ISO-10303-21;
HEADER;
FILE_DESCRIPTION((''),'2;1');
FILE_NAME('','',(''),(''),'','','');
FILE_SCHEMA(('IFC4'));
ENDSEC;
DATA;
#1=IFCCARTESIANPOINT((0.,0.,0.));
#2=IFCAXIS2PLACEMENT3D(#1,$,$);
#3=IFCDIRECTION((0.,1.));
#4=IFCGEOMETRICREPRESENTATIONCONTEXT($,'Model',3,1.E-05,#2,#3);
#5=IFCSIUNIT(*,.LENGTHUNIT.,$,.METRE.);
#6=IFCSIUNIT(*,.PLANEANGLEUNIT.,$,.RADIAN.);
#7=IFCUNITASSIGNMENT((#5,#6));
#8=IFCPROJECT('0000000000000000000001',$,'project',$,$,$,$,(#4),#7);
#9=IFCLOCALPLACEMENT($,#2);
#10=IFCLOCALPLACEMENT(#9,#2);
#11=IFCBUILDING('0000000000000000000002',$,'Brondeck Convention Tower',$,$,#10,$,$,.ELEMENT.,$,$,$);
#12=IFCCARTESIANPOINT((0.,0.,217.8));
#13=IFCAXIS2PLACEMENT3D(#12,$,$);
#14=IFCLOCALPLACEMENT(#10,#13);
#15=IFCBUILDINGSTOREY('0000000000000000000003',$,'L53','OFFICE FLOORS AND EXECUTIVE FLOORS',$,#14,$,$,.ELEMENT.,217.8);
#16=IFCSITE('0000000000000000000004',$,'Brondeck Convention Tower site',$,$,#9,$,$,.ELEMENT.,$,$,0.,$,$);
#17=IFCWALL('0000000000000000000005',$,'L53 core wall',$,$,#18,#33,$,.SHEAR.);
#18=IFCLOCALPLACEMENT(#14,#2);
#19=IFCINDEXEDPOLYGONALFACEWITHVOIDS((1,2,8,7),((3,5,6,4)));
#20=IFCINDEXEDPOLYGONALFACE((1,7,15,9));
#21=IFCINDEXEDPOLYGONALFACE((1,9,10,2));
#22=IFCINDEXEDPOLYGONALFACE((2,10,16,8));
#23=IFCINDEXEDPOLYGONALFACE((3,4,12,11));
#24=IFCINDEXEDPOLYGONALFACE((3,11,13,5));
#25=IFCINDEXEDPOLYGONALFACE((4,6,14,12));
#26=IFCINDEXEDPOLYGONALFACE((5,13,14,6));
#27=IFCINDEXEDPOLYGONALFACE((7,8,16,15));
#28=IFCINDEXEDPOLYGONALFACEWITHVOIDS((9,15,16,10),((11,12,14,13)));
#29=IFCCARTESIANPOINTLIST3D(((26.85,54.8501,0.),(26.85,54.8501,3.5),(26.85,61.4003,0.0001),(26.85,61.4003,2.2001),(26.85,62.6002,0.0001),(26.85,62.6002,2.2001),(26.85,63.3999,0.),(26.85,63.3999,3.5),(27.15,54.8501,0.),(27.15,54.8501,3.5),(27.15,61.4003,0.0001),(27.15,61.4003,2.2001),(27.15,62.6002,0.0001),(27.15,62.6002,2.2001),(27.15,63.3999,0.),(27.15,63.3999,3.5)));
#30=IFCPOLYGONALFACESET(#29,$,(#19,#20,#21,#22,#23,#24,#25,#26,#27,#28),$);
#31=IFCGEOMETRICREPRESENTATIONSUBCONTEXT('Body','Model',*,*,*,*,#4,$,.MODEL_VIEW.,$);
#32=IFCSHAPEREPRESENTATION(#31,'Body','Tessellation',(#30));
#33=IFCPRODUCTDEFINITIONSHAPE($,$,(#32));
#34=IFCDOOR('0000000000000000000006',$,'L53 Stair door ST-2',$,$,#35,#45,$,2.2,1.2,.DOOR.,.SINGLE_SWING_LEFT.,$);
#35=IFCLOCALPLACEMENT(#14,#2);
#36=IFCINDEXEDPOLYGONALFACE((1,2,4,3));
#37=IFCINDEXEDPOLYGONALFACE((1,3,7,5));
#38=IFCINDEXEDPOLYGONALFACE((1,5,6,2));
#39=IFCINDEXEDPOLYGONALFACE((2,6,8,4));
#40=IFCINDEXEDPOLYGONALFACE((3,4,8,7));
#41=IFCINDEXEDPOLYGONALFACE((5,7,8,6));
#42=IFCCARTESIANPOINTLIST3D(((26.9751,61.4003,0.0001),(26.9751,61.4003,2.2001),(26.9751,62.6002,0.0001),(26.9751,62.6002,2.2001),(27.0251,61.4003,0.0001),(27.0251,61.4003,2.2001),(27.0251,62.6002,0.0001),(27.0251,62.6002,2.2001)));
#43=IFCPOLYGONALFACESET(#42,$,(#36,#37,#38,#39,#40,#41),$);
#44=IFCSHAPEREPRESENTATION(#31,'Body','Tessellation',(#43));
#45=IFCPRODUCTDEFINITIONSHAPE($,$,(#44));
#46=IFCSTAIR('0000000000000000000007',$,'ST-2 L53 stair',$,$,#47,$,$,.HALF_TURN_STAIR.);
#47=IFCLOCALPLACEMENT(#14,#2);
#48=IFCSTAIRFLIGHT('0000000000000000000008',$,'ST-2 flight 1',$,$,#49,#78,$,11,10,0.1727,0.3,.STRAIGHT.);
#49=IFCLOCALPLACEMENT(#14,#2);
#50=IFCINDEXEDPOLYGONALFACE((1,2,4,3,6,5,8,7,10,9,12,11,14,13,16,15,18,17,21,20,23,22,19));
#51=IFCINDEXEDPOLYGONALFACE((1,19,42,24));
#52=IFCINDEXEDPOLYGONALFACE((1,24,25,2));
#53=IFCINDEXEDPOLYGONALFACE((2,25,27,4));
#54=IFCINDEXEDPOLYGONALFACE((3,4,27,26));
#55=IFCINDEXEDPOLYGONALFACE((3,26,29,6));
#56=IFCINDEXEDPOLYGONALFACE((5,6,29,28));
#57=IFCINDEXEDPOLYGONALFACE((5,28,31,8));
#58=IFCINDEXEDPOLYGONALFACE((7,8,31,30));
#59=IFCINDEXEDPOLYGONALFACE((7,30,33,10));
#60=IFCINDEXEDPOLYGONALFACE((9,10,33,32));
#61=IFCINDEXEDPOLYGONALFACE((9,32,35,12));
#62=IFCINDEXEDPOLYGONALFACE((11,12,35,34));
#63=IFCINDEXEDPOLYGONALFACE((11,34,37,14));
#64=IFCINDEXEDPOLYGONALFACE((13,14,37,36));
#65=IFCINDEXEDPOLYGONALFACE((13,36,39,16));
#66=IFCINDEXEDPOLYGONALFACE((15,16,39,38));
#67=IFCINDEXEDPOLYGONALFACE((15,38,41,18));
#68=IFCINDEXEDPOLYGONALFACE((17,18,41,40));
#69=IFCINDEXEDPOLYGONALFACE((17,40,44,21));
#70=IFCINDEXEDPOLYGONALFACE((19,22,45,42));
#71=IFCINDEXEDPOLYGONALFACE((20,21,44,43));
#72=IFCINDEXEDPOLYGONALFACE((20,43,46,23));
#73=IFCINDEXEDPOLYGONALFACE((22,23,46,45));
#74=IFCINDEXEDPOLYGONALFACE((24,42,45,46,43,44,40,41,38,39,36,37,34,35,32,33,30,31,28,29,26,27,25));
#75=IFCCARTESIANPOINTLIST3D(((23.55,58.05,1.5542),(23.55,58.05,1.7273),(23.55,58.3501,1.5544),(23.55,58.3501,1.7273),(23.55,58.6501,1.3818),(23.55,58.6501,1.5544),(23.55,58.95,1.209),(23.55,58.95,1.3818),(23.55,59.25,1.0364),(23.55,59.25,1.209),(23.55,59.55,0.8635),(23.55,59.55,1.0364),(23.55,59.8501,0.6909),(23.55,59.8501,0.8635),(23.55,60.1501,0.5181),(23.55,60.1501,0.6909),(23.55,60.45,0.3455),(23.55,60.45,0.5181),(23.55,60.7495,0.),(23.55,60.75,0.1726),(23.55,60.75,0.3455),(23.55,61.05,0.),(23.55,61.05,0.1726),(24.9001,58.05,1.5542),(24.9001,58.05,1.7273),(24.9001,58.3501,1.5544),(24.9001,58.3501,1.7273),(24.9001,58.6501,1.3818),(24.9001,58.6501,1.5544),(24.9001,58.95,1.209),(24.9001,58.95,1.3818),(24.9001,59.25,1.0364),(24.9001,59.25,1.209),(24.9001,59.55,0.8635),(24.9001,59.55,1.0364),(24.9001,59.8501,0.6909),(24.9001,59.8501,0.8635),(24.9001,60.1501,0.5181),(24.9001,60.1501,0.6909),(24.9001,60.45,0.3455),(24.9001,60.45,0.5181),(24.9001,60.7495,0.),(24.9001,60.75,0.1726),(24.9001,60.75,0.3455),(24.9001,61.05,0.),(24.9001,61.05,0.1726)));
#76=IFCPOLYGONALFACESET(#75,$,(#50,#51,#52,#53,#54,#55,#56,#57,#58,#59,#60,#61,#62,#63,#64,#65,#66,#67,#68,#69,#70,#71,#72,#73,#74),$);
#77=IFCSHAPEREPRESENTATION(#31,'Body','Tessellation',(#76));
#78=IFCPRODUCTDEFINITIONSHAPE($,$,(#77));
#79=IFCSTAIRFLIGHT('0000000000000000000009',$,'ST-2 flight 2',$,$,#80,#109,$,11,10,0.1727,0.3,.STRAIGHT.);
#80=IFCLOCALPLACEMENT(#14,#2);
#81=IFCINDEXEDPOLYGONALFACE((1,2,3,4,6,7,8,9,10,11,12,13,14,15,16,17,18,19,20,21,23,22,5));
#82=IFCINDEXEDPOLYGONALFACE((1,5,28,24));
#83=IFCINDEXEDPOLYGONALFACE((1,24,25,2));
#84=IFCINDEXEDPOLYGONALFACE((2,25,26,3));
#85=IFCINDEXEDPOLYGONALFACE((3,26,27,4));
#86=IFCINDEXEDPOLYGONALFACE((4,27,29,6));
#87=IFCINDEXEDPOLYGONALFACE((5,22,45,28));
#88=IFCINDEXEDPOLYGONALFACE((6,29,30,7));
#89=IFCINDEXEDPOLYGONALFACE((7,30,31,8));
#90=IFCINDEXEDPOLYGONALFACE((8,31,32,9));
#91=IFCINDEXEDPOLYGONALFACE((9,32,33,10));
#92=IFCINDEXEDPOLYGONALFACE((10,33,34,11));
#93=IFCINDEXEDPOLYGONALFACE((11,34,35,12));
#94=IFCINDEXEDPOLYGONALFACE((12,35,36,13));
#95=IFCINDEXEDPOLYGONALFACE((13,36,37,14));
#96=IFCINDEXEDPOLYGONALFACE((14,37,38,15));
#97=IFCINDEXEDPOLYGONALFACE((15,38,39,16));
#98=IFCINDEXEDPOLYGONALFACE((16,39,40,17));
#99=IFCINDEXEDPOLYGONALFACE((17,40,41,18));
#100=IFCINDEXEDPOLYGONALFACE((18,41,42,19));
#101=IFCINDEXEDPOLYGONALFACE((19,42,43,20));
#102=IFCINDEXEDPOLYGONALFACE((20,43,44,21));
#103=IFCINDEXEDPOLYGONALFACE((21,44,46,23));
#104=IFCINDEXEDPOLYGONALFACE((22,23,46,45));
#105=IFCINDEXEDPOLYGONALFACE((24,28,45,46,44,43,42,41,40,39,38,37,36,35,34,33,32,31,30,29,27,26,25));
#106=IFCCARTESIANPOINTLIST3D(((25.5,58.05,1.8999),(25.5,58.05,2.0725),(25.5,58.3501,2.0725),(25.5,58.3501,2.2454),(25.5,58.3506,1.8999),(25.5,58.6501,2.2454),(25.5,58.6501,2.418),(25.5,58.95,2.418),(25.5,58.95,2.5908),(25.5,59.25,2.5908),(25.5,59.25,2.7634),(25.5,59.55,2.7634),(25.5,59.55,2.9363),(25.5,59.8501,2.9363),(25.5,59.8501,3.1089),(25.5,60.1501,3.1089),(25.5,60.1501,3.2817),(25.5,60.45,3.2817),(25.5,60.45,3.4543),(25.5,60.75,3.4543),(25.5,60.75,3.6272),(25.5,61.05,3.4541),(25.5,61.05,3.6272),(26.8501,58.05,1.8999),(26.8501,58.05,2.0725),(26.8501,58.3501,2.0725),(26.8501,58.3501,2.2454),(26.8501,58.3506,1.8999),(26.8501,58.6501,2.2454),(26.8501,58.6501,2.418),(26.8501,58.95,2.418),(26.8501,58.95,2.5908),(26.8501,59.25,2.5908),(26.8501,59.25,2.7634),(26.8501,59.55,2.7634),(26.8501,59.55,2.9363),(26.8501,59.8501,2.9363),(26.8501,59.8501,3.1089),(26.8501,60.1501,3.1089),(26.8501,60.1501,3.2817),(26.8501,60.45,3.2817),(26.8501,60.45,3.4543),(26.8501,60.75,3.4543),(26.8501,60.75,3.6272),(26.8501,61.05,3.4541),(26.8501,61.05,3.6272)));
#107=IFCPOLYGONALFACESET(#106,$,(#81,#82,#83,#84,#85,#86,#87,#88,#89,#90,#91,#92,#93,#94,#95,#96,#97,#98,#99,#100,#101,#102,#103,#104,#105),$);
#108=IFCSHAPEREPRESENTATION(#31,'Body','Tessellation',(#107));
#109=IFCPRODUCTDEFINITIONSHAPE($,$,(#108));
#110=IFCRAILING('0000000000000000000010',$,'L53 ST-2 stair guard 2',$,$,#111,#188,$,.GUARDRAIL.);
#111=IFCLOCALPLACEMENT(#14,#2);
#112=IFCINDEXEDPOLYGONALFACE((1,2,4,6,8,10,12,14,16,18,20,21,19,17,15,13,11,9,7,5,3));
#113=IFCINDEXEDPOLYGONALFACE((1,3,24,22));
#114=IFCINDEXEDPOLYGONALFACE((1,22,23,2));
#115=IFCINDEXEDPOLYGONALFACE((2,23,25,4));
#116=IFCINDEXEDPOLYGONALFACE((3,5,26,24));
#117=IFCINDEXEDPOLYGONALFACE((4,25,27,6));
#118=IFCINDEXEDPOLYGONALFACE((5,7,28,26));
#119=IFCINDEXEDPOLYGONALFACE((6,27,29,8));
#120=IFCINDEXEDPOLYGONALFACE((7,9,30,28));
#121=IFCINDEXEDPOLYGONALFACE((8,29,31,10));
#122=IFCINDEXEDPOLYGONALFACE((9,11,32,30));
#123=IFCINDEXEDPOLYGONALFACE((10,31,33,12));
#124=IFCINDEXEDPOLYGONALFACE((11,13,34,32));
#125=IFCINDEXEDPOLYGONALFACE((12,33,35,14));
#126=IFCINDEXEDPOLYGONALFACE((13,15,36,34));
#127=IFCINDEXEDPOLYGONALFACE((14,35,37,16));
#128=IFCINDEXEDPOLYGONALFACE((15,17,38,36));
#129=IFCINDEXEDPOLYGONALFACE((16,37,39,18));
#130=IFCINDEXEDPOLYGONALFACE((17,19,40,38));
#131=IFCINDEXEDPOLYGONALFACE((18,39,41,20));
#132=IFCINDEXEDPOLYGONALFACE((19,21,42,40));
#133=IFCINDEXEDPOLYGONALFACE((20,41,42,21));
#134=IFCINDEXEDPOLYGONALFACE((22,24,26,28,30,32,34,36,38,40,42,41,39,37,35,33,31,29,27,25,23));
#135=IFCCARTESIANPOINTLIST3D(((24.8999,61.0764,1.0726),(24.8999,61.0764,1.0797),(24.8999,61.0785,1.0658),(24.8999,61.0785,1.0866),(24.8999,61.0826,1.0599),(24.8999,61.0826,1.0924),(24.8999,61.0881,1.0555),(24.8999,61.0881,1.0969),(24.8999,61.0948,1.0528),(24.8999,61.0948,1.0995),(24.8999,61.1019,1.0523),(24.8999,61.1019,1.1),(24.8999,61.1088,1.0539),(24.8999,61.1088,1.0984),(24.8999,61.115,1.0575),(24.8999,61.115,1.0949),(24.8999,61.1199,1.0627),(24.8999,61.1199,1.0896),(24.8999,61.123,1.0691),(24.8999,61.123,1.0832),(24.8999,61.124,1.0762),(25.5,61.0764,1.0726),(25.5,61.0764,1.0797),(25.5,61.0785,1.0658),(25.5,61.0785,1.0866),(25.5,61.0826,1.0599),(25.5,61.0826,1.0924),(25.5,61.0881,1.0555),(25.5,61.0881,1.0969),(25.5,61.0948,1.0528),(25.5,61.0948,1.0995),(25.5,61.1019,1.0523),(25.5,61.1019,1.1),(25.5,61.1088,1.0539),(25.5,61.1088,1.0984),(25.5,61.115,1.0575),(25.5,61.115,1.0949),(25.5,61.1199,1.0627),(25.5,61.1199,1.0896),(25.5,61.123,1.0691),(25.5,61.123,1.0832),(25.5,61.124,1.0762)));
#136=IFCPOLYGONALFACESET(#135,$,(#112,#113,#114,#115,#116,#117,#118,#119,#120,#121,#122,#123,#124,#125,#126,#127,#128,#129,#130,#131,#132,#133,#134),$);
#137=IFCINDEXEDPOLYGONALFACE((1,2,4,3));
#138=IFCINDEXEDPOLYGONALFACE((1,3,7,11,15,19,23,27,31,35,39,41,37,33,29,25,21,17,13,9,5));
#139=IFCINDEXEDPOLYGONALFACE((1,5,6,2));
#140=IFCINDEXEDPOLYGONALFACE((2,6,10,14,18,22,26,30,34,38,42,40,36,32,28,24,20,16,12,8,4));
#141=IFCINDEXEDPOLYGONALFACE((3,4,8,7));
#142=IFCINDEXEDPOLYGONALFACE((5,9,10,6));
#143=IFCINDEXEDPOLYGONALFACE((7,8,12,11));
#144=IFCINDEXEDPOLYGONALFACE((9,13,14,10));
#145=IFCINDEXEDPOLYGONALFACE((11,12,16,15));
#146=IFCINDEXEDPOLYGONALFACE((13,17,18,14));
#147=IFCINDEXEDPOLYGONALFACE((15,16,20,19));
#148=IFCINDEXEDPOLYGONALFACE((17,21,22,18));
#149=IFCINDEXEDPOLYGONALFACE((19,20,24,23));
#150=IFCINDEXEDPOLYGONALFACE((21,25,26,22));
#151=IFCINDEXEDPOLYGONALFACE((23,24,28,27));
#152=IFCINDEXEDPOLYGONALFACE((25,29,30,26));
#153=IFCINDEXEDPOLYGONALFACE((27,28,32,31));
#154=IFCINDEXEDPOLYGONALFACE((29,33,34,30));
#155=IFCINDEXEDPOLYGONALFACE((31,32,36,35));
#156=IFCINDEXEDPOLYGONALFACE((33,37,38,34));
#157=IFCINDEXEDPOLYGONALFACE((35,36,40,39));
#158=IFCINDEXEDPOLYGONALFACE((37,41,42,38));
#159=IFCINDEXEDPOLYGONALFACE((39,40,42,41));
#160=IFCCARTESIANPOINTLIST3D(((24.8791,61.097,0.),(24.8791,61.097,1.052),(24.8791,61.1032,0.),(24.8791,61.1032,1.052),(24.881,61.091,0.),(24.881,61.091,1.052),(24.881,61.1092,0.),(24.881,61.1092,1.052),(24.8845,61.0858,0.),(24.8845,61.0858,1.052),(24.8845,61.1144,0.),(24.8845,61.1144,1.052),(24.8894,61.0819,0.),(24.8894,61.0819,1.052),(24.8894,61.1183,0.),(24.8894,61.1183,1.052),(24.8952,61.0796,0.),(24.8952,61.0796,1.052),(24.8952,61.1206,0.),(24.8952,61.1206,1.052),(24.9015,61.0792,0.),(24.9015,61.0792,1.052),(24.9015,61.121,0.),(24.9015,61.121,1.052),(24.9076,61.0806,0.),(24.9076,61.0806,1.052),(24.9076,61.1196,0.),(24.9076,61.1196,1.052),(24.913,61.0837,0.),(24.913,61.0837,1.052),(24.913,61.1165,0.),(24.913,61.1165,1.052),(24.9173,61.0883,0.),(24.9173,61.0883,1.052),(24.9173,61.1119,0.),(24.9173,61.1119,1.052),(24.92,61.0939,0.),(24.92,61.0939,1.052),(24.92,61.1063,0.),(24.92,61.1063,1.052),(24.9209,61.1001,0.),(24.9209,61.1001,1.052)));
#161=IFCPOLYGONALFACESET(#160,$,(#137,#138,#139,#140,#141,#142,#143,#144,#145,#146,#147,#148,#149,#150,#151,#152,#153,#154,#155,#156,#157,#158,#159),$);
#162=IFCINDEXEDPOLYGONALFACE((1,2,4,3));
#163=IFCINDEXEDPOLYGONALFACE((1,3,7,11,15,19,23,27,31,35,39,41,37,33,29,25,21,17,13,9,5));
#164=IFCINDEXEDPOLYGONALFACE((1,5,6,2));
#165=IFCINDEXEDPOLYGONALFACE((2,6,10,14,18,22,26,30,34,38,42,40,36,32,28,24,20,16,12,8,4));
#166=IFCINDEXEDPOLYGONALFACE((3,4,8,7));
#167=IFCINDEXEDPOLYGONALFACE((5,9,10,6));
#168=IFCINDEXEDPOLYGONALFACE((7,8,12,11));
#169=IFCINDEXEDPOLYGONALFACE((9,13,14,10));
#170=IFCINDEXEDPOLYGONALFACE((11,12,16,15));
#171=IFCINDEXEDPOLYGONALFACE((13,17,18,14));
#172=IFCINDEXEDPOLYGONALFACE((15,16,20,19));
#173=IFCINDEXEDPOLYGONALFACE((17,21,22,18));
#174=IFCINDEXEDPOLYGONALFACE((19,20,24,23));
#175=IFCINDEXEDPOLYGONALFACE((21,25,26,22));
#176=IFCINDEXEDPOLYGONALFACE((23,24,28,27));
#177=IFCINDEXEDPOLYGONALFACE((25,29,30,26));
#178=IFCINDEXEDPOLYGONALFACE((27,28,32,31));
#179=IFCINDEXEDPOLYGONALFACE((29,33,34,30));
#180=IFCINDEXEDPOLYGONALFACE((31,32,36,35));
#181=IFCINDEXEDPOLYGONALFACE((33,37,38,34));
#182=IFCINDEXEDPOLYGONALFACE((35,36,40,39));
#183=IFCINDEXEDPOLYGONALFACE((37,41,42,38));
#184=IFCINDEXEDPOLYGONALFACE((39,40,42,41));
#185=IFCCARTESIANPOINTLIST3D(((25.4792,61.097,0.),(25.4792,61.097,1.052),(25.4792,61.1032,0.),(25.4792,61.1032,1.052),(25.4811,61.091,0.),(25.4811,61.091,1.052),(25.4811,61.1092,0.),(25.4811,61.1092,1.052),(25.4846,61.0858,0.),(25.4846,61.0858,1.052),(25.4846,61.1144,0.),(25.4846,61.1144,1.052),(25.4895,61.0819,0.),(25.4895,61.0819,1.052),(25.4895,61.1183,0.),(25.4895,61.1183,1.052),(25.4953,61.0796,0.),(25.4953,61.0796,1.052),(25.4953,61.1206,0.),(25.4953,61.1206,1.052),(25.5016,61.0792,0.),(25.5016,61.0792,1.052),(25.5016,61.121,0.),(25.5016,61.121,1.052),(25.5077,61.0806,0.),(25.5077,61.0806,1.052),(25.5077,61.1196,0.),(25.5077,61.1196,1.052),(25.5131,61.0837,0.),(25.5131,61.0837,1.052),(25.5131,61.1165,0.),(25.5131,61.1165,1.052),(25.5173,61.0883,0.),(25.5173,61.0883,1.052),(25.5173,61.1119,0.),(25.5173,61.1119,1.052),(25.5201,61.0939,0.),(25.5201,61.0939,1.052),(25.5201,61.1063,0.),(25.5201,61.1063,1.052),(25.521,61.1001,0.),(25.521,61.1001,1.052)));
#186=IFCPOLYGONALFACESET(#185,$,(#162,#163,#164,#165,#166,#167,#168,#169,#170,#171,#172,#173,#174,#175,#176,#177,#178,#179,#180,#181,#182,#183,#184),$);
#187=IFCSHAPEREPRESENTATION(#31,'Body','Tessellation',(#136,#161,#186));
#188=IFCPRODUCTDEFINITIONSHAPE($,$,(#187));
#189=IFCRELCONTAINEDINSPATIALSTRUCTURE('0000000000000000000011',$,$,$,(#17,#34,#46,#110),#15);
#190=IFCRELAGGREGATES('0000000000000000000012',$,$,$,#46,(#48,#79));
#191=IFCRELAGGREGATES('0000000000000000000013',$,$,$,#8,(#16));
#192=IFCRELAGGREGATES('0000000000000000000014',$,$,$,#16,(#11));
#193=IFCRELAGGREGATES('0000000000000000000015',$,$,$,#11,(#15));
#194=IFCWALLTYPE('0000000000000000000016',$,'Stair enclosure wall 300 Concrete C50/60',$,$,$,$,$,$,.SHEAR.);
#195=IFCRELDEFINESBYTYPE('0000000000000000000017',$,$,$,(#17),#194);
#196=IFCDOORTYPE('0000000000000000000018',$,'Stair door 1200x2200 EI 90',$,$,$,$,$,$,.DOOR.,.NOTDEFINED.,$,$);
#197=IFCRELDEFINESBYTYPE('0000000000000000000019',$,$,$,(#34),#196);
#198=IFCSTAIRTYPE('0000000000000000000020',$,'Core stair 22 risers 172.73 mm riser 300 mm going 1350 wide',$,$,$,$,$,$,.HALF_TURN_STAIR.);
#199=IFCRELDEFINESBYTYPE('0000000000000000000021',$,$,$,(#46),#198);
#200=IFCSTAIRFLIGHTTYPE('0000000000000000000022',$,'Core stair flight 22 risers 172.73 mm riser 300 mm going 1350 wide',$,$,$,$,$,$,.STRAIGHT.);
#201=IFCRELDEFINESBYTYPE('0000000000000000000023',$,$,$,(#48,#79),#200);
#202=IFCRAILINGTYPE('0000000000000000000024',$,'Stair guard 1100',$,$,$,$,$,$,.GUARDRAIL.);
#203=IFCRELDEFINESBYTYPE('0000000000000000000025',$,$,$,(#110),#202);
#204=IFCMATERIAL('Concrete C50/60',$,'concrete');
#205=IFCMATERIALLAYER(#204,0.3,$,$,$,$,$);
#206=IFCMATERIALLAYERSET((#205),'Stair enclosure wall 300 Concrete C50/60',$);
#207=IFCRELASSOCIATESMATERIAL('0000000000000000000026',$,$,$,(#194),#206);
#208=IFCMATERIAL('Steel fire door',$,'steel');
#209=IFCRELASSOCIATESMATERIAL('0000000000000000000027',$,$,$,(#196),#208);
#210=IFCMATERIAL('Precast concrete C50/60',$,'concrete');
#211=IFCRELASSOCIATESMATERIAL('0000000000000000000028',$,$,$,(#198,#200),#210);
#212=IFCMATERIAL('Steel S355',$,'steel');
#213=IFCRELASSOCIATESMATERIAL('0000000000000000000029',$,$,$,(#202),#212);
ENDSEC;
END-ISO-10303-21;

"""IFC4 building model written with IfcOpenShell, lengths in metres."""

from ifc_helpers import new_model, si_unit, direction, frame, frame_2d, origin, origin_2d, place, context, subcontext, project, spatial, polyline, rectangle, circle, outline, extrude, material, layer, layer_set, type_object, element, fill, aggregate, save


model = new_model("IFC4")

# Units and contexts
model_context = context("Model", 3, precision=1e-05, world=origin(), true_north=direction((0.0, 1.0)))
body_context = subcontext(model_context, "Body", "Model", "MODEL_VIEW")
ifc_project = project(units=[si_unit("LENGTHUNIT", "METRE"), si_unit("PLANEANGLEUNIT", "RADIAN")], contexts=[model_context])

# Site, building, storey
site_placement = place(None, origin())
site = spatial("IfcSite", under=ifc_project, at=site_placement, Name="Brondeck Convention Tower site", CompositionType="ELEMENT", RefElevation=0.0)
building_placement = place(site_placement, origin())
building = spatial("IfcBuilding", under=site, at=building_placement, Name="Brondeck Convention Tower", CompositionType="ELEMENT")
storey_placement = place(building_placement, frame((0.0, 0.0, 217.8)))
storey = spatial("IfcBuildingStorey", under=building, at=storey_placement, Name="L53", Description="OFFICE FLOORS AND EXECUTIVE FLOORS", CompositionType="ELEMENT", Elevation=217.8)

# Shared definitions
ifc_material_1 = material(Name="Concrete C50/60", Category="concrete")

# Shared definitions
ifc_material_2 = material(Name="Steel fire door", Category="steel")

# Shared definitions
ifc_layer_1 = layer(ifc_material_1, 0.3)
ifc_layer_set_1 = layer_set([ifc_layer_1], Name="Stair enclosure wall 300 Concrete C50/60")
wall_type_1 = type_object("IfcWallType", Name="Stair enclosure wall 300 Concrete C50/60", PredefinedType="SHEAR", material=ifc_layer_set_1)

# Wall, opening, door
wall_1_placement = place(storey_placement, frame((27.0, 54.8501, 0.0), z_axis=(0.0, 0.0, 1.0), x_axis=(0.0, 1.0, 0.0)))
wall_1 = element("IfcWall", 1, at=wall_1_placement, inside=storey, type_object=wall_type_1, Name="L53 core wall", PredefinedType="SHEAR", context=body_context, shape_type="SweptSolid", body=[
    extrude(rectangle(XDim=8.5498, YDim=0.3, at=frame_2d((4.2749, 0.0))), origin(), (0.0, 0.0, 1.0), 3.5),
])
opening_1_placement = place(wall_1_placement, frame((6.55, 0.0, 0.0)))
opening_1 = element("IfcOpeningElement", 2, at=opening_1_placement, cuts=wall_1, PredefinedType="OPENING", context=body_context, shape_type="SweptSolid", body=[
    extrude(rectangle(XDim=1.2, YDim=2.2, at=frame_2d((0.6001, 1.1001))), frame((0.0, 0.1599, 0.0), z_axis=(0.0, -1.0, 0.0), x_axis=(1.0, 0.0, 0.0)), (0.0, 0.0, 1.0), 0.3201),
])
door_type_1 = type_object("IfcDoorType", Name="Stair door 1200x2200 EI 90", OperationType="NOTDEFINED", PredefinedType="DOOR", material=ifc_material_2)
door_1_placement = place(opening_1_placement, origin())
door_1 = element("IfcDoor", 3, at=door_1_placement, inside=storey, type_object=door_type_1, Name="L53 Stair door ST-2", OperationType="SINGLE_SWING_LEFT", OverallHeight=2.2, OverallWidth=1.2, PredefinedType="DOOR", context=body_context, shape_type="SweptSolid", body=[
    extrude(rectangle(XDim=1.2, YDim=2.2, at=frame_2d((0.6001, 1.1001))), frame((0.0, 0.0249, 0.0), z_axis=(0.0, -1.0, 0.0), x_axis=(1.0, 0.0, 0.0)), (0.0, 0.0, 1.0), 0.05),
])
fill(opening_1, door_1)

# Stair, stair flights
ifc_material_3 = material(Name="Precast concrete C50/60", Category="concrete")
stair_type = type_object("IfcStairType", Name="Core stair 22 risers 172.73 mm riser 300 mm going 1350 wide", PredefinedType="HALF_TURN_STAIR", material=ifc_material_3)
stair_placement = place(storey_placement, origin())
stair = element("IfcStair", 4, at=stair_placement, inside=storey, type_object=stair_type, Name="ST-2 L53 stair", PredefinedType="HALF_TURN_STAIR")
stair_flight_type = type_object("IfcStairFlightType", Name="Core stair flight 22 risers 172.73 mm riser 300 mm going 1350 wide", PredefinedType="STRAIGHT", material=ifc_material_3)
stair_flight_1_placement = place(storey_placement, frame((24.2251, 61.05, 0.0), z_axis=(0.0, 0.0, 1.0), x_axis=(0.0, -1.0, 0.0)))
stair_flight_1 = element("IfcStairFlight", 5, at=stair_flight_1_placement, type_object=stair_flight_type, Name="ST-2 flight 1", NumberOfRisers=11, NumberOfTreads=10, PredefinedType="STRAIGHT", RiserHeight=0.1727, TreadLength=0.3, context=body_context, shape_type="SweptSolid", body=[
    extrude(outline(polyline([(0.0, 0.0), (0.0, 0.1726), (0.3, 0.1726), (0.3, 0.3455), (0.6001, 0.3455), (0.6001, 0.5181), (0.8999, 0.5181), (0.8999, 0.6909), (1.2, 0.6909), (1.2, 0.8635), (1.5, 0.8635), (1.5, 1.0364), (1.8, 1.0364), (1.8, 1.209), (2.1001, 1.209), (2.1001, 1.3818), (2.3999, 1.3818), (2.3999, 1.5544), (2.7, 1.5544), (2.7, 1.7273), (3.0, 1.7273), (3.0, 1.8999), (3.0, 1.5542), (0.3005, 0.0), (0.0, 0.0)])), frame((0.0, 0.675, 0.0), z_axis=(0.0, -1.0, 0.0), x_axis=(1.0, 0.0, 0.0)), (0.0, 0.0, 1.0), 1.3501),
])
stair_flight_2_placement = place(storey_placement, frame((26.175, 58.05, 1.8999), z_axis=(0.0, 0.0, 1.0), x_axis=(0.0, 1.0, 0.0)))
stair_flight_2 = element("IfcStairFlight", 6, at=stair_flight_2_placement, type_object=stair_flight_type, Name="ST-2 flight 2", NumberOfRisers=11, NumberOfTreads=10, PredefinedType="STRAIGHT", RiserHeight=0.1727, TreadLength=0.3, context=body_context, shape_type="SweptSolid", body=[
    extrude(outline(polyline([(0.0, 0.0), (0.0, 0.1726), (0.3, 0.1726), (0.3, 0.3455), (0.6001, 0.3455), (0.6001, 0.5181), (0.8999, 0.5181), (0.8999, 0.6909), (1.2, 0.6909), (1.2, 0.8635), (1.5, 0.8635), (1.5, 1.0364), (1.8, 1.0364), (1.8, 1.209), (2.1001, 1.209), (2.1001, 1.3818), (2.3999, 1.3818), (2.3999, 1.5544), (2.7, 1.5544), (2.7, 1.7273), (3.0, 1.7273), (3.0, 1.8999), (3.0, 1.5542), (0.3005, 0.0), (0.0, 0.0)])), frame((0.0, 0.675, 0.0), z_axis=(0.0, -1.0, 0.0), x_axis=(1.0, 0.0, 0.0)), (0.0, 0.0, 1.0), 1.3501),
])
aggregate(stair, [stair_flight_1, stair_flight_2])

# Railing
ifc_material_4 = material(Name="Steel S355", Category="steel")
railing_type_1 = type_object("IfcRailingType", Name="Stair guard 1100", PredefinedType="GUARDRAIL", material=ifc_material_4)
railing_1_placement = place(storey_placement, frame((24.8999, 61.1001, 0.0)))
element("IfcRailing", 7, at=railing_1_placement, inside=storey, type_object=railing_type_1, Name="L53 ST-2 stair guard 2", PredefinedType="GUARDRAIL", context=body_context, shape_type="SweptSolid", body=[
    extrude(circle(Radius=0.0239, at=origin_2d()), frame((0.0, 0.0, 1.0762), z_axis=(1.0, 0.0, 0.0), x_axis=(0.0, 1.0, 0.0)), (0.0, 0.0, 1.0), 0.6001),
    extrude(circle(Radius=0.021, at=origin_2d()), origin(), (0.0, 0.0, 1.0), 1.052),
    extrude(circle(Radius=0.021, at=origin_2d()), frame((0.6001, 0.0, 0.0)), (0.0, 0.0, 1.0), 1.052),
])

save(model, "model.ifc")
